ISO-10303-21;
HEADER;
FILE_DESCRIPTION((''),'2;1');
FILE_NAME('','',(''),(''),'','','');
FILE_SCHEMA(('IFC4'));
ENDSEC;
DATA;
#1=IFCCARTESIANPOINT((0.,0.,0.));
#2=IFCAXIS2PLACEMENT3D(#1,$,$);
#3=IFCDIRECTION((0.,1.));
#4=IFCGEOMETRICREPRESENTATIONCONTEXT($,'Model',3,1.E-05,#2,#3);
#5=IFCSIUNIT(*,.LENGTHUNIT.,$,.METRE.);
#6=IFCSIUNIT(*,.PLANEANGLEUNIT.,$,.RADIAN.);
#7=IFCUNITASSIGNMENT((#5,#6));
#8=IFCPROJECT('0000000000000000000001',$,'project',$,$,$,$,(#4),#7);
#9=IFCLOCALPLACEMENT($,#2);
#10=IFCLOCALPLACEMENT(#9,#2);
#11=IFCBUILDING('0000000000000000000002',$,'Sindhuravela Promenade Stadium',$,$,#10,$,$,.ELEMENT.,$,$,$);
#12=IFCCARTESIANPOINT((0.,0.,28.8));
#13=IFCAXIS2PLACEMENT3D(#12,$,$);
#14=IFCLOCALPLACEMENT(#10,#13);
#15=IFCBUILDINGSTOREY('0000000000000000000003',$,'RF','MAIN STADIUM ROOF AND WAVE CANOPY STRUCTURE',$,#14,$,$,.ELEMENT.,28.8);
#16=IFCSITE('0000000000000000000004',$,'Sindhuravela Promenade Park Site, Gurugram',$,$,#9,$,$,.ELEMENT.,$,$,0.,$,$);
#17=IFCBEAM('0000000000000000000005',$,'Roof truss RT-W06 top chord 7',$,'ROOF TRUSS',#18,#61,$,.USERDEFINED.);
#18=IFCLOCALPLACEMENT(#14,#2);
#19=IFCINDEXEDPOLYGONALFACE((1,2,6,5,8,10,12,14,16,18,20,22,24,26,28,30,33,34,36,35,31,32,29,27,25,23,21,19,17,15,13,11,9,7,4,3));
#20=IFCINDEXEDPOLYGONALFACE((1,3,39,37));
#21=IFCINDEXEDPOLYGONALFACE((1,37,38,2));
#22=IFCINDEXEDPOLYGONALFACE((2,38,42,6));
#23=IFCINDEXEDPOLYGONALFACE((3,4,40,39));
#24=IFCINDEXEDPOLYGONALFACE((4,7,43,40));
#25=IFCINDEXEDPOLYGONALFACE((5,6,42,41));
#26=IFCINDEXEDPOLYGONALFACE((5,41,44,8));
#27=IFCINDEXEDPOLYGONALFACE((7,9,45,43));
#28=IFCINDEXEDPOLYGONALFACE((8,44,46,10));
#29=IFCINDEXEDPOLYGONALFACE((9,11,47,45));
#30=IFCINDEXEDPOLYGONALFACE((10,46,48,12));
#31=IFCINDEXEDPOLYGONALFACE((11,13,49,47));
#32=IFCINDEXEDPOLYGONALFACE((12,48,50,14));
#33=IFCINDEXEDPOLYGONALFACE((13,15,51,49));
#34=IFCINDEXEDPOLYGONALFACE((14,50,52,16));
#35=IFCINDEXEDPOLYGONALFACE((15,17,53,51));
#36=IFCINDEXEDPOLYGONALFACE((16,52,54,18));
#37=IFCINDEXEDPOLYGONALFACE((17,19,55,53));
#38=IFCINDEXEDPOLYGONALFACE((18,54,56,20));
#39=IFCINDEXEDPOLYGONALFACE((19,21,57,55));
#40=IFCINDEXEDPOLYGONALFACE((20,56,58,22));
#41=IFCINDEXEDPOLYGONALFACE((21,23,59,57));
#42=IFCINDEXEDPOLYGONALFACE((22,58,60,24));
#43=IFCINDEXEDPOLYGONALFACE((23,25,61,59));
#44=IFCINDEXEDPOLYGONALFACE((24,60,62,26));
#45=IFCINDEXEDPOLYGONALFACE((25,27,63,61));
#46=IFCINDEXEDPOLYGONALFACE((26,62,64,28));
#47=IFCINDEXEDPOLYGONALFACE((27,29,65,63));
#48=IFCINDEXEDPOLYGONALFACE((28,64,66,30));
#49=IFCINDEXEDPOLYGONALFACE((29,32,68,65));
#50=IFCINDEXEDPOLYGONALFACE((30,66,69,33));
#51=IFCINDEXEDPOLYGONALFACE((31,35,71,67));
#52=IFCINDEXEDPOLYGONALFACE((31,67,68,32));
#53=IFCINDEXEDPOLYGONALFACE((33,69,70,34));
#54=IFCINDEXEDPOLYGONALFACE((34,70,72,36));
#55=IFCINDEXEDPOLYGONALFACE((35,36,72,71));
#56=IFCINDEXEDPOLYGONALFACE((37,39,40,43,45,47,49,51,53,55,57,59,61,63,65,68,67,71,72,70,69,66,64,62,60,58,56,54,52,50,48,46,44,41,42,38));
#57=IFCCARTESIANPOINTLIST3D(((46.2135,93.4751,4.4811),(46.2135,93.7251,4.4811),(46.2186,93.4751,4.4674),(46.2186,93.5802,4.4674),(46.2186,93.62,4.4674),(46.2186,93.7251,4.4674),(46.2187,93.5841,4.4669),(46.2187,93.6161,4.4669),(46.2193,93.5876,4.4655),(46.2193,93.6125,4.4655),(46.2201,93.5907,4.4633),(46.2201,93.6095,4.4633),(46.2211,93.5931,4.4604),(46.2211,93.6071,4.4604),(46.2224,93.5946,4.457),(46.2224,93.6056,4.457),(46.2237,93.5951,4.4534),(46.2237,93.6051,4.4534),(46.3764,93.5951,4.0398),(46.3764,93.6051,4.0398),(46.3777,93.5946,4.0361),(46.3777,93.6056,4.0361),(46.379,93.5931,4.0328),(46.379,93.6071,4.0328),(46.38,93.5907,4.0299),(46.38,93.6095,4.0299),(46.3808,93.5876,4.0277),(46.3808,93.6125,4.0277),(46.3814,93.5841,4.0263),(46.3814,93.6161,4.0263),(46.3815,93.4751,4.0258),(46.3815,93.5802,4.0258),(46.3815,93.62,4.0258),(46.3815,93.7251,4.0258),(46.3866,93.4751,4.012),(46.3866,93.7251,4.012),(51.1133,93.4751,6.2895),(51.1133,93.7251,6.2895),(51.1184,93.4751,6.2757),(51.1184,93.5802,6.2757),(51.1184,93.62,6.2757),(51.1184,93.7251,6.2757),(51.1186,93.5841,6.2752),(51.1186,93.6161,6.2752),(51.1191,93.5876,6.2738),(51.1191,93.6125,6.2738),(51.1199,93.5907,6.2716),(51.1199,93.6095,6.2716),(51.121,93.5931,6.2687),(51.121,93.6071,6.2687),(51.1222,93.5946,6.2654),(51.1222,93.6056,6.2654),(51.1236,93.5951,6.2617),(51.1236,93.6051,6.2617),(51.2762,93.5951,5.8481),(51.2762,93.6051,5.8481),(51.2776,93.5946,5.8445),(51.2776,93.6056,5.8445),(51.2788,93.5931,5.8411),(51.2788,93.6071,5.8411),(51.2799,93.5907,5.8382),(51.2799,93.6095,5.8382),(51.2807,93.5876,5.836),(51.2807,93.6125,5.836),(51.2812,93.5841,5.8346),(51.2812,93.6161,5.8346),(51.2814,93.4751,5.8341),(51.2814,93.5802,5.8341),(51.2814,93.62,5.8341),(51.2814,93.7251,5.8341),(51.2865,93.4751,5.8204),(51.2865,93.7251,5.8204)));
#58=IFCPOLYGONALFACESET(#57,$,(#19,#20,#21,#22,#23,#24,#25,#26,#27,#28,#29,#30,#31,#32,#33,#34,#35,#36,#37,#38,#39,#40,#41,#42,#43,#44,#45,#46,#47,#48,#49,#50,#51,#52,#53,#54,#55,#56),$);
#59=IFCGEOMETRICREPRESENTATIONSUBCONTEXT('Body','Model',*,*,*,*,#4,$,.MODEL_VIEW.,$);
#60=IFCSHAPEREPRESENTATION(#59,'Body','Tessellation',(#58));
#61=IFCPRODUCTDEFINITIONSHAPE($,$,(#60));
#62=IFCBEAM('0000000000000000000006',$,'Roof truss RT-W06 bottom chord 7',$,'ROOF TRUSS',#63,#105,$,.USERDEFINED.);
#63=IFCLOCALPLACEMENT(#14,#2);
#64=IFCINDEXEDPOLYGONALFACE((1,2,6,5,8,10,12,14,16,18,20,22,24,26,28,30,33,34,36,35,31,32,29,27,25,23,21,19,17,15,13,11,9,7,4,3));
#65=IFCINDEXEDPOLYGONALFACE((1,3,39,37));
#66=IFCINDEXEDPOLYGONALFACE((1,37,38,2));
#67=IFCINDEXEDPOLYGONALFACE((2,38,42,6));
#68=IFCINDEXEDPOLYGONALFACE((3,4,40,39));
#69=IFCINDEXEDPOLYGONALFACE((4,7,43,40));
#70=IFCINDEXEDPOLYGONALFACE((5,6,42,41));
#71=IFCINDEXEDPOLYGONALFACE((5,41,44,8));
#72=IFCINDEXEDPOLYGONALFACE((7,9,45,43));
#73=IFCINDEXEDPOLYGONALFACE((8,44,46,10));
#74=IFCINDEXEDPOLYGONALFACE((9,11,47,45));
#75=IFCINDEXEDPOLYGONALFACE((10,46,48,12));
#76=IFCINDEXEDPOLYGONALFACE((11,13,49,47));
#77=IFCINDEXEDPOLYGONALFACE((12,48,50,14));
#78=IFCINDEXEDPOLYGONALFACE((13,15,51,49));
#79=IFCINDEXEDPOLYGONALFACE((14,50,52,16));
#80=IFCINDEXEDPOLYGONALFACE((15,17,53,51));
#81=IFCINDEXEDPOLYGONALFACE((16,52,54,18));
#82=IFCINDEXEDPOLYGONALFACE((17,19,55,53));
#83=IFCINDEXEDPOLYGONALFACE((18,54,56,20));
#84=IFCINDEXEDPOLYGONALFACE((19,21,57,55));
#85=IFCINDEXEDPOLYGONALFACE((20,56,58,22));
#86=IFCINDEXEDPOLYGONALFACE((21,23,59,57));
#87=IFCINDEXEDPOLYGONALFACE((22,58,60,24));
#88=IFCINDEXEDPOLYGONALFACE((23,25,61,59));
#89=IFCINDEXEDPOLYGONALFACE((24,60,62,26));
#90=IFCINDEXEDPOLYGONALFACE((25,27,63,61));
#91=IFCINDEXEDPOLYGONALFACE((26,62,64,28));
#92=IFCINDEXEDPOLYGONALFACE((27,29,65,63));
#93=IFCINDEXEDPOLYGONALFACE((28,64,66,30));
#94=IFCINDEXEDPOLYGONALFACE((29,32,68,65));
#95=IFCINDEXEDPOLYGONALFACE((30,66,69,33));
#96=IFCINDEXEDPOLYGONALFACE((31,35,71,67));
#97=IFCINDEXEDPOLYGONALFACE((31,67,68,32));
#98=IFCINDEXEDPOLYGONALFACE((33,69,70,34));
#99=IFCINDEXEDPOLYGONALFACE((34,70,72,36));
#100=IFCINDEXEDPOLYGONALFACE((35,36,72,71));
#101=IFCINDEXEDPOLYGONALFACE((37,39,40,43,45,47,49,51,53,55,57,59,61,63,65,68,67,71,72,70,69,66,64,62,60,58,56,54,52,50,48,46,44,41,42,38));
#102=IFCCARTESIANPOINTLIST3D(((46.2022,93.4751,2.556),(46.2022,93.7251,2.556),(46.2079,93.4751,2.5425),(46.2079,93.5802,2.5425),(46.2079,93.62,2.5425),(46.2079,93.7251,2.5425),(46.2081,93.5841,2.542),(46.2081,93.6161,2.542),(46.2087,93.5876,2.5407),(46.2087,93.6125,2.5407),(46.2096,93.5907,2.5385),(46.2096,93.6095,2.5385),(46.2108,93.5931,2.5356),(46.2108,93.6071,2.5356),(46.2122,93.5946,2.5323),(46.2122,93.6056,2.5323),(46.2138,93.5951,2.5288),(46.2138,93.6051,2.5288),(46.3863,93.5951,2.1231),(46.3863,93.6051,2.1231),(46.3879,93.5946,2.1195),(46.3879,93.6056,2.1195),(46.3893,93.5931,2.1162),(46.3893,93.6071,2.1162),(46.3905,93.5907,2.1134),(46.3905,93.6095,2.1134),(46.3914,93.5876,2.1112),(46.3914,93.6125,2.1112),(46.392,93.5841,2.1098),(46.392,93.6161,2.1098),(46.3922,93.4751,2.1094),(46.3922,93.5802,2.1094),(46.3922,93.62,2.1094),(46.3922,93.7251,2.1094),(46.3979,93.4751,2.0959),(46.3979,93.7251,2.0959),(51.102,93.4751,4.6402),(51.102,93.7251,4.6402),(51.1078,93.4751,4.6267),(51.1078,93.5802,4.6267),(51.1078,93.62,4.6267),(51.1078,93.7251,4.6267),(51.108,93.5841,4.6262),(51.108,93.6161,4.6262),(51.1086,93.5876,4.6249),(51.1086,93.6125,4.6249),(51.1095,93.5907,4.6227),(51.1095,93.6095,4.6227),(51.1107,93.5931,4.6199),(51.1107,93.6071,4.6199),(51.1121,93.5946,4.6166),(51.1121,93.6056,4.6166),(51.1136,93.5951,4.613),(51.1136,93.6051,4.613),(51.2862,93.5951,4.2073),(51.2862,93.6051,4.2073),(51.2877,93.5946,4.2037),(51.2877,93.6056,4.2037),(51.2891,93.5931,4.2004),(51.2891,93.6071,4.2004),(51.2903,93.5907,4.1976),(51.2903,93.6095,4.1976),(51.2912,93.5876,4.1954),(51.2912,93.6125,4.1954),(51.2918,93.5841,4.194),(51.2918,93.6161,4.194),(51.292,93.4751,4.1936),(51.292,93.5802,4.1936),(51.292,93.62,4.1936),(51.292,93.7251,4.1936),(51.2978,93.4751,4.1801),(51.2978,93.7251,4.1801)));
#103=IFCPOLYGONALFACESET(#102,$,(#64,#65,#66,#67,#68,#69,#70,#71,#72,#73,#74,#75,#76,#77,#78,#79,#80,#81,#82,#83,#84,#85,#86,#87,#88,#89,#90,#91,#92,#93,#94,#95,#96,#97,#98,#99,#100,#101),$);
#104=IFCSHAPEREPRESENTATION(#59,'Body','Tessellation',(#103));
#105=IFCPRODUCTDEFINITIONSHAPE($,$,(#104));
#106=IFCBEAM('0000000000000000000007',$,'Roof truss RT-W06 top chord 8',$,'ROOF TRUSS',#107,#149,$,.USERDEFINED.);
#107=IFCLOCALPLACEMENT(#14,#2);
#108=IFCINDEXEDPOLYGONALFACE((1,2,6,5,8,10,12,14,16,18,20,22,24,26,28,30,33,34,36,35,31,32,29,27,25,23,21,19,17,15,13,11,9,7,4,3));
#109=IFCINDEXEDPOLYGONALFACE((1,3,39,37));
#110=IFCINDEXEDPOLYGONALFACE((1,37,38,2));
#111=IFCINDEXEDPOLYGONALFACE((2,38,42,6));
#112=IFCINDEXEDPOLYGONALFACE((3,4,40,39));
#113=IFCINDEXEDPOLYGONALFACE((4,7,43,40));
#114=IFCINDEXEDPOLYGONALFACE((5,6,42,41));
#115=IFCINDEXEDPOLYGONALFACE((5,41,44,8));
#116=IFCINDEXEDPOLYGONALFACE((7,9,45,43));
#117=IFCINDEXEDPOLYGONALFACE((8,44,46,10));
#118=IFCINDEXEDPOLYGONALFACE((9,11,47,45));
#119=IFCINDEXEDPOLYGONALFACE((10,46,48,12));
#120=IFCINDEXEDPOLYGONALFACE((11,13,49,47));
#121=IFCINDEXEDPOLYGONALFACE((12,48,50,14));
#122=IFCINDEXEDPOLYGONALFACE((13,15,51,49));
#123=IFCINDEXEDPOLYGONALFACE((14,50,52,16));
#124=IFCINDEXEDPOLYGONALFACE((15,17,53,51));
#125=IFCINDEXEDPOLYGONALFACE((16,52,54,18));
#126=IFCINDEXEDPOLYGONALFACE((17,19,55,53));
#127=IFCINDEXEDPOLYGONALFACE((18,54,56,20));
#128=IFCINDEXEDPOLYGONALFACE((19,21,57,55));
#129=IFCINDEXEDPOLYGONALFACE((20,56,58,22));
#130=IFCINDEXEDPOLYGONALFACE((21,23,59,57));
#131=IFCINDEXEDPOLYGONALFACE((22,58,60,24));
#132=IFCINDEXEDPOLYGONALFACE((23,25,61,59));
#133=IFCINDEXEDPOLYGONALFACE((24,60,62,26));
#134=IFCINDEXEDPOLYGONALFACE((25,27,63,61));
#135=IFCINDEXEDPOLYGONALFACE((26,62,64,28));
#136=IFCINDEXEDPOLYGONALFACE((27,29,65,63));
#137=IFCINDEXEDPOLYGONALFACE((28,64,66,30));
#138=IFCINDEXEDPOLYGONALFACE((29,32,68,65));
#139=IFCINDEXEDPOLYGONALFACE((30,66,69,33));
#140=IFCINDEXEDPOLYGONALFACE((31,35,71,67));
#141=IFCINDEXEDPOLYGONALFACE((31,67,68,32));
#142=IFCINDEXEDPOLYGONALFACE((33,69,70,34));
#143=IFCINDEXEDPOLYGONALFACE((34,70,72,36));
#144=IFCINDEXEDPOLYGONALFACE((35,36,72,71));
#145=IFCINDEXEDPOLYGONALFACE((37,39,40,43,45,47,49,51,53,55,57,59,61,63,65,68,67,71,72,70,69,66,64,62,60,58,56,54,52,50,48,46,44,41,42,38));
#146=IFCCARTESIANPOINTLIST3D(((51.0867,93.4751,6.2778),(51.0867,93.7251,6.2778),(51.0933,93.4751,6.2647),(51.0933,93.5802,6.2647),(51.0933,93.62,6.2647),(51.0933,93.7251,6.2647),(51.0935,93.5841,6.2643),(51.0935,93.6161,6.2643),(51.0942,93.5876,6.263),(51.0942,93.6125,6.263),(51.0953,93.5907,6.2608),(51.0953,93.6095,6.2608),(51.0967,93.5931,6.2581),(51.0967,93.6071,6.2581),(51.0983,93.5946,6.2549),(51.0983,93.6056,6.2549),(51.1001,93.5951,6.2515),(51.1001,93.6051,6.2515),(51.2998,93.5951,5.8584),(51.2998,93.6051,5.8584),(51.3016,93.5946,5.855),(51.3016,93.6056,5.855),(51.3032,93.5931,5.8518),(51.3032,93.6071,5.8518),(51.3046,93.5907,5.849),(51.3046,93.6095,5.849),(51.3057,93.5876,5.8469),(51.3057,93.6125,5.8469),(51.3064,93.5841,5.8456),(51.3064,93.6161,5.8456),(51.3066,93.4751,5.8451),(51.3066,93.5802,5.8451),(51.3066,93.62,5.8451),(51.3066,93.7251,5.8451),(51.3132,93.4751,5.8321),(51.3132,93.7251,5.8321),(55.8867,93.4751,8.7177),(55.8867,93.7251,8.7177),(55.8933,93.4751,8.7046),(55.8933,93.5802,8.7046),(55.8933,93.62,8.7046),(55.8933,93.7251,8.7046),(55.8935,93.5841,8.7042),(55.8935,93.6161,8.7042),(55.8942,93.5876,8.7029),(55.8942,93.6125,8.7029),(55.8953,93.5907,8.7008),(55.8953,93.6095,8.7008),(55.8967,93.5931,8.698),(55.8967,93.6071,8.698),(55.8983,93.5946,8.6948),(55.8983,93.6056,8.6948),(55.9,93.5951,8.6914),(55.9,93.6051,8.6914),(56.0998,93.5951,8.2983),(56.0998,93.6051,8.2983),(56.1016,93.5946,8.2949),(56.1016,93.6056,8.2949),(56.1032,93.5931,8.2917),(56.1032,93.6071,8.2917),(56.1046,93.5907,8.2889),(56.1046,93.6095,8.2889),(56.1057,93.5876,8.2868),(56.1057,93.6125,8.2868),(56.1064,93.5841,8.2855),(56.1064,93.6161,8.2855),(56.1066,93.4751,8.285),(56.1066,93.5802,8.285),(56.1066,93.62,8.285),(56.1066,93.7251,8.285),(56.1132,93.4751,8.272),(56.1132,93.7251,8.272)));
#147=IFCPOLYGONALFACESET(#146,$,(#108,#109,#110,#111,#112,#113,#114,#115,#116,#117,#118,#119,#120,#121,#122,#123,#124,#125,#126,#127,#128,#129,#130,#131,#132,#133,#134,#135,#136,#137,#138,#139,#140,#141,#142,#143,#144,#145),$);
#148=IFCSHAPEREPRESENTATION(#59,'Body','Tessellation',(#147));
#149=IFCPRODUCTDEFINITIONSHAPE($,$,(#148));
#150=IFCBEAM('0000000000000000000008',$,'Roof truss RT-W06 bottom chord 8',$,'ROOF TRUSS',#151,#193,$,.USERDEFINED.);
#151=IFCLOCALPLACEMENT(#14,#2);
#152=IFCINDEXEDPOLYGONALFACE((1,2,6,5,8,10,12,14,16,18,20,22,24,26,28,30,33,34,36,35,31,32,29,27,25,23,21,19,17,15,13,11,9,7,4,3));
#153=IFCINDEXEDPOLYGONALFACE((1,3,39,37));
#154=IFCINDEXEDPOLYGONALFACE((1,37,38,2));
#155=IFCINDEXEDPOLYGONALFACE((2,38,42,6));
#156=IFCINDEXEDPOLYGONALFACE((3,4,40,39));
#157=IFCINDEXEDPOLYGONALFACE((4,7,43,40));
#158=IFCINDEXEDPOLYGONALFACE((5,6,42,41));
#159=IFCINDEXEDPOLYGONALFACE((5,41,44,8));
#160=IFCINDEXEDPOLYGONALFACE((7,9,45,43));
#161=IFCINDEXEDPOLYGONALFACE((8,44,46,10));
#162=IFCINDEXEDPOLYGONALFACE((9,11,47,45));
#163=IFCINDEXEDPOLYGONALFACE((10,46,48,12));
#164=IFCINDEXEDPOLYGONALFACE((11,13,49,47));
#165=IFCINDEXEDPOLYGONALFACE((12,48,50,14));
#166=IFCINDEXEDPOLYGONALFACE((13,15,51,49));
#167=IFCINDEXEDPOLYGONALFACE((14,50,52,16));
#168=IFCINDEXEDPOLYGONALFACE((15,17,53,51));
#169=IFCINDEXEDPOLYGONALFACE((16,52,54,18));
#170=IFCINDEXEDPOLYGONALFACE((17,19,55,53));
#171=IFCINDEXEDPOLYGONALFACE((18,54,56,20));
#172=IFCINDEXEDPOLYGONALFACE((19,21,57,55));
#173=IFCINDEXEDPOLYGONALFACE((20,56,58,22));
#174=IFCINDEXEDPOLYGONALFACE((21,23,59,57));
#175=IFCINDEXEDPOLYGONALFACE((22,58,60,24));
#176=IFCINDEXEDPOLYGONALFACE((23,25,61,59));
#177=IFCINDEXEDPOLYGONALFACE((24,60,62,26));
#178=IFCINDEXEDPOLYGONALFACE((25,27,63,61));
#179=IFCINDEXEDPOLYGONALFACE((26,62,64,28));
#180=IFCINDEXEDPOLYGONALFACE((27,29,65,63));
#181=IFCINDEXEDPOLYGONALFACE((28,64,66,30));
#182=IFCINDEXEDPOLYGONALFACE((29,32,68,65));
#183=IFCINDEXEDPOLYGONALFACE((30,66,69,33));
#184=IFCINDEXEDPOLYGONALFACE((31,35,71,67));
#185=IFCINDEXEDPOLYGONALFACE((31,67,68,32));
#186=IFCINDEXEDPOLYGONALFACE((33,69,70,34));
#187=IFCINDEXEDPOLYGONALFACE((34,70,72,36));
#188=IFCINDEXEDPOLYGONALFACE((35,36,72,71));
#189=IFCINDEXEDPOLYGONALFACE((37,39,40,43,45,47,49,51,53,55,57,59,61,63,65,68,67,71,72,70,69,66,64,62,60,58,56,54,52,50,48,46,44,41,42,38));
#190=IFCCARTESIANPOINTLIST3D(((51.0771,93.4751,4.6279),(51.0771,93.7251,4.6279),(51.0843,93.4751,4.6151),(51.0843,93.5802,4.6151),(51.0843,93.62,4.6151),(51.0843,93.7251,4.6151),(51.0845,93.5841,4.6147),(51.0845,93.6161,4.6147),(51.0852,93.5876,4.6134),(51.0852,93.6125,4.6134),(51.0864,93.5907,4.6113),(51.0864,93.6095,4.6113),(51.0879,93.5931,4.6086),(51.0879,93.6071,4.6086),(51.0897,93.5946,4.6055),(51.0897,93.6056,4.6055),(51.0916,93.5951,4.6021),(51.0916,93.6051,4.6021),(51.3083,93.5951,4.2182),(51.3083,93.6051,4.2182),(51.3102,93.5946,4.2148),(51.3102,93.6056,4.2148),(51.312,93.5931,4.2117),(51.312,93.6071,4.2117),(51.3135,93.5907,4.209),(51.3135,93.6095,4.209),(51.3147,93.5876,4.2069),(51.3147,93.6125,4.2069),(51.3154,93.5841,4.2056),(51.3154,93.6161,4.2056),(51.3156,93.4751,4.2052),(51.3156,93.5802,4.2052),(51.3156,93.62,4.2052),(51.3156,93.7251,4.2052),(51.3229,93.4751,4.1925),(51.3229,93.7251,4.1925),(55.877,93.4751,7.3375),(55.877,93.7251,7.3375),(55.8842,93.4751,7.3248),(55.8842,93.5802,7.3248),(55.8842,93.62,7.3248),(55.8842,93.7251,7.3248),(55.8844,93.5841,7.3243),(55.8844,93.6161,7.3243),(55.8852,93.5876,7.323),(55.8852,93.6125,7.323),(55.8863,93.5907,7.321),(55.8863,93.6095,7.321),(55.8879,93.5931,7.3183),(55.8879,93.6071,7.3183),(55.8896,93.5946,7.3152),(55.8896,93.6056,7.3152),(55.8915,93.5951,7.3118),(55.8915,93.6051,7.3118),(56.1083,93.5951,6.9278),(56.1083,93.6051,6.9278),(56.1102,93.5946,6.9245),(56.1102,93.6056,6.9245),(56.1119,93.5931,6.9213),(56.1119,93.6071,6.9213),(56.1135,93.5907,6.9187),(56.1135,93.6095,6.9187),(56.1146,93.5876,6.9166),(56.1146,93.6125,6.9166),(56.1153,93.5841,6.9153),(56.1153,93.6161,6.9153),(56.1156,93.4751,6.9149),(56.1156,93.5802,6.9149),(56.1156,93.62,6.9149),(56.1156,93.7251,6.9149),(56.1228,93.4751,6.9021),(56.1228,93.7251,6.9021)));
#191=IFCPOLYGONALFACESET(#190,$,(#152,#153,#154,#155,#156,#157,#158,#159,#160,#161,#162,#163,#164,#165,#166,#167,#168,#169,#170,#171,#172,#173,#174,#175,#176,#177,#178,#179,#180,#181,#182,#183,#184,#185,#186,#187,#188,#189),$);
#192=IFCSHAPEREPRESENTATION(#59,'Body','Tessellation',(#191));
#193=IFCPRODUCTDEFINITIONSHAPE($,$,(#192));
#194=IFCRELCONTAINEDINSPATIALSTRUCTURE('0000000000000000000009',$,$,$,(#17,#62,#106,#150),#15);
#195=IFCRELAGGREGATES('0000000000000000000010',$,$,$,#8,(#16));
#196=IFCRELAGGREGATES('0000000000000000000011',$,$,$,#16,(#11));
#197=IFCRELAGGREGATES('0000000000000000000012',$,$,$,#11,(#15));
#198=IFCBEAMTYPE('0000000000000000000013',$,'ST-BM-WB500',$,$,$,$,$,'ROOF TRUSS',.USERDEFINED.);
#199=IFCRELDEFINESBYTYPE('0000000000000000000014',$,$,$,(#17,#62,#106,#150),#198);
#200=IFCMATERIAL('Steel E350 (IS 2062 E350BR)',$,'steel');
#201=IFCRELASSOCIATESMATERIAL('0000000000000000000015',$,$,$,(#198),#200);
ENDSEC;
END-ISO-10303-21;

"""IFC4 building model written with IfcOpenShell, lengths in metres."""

from ifc_helpers import new_model, si_unit, direction, frame, origin, origin_2d, place, context, subcontext, project, spatial, i_section, extrude, material, material_profile, profile_set, type_object, element, save


model = new_model("IFC4")

# Units and contexts
model_context = context("Model", 3, precision=1e-05, world=origin(), true_north=direction((0.0, 1.0)))
body_context = subcontext(model_context, "Body", "Model", "MODEL_VIEW")
ifc_project = project(units=[si_unit("LENGTHUNIT", "METRE"), si_unit("PLANEANGLEUNIT", "RADIAN")], contexts=[model_context])

# Site, building, storey
site_placement = place(None, origin())
site = spatial("IfcSite", under=ifc_project, at=site_placement, Name="Sindhuravela Promenade Park Site, Gurugram", CompositionType="ELEMENT", RefElevation=0.0)
building_placement = place(site_placement, origin())
building = spatial("IfcBuilding", under=site, at=building_placement, Name="Sindhuravela Promenade Stadium", CompositionType="ELEMENT")
storey_placement = place(building_placement, frame((0.0, 0.0, 28.8)))
storey = spatial("IfcBuildingStorey", under=building, at=storey_placement, Name="RF", Description="MAIN STADIUM ROOF AND WAVE CANOPY STRUCTURE", CompositionType="ELEMENT", Elevation=28.8)

# Beams
ifc_material_1 = material(Name="Steel E350 (IS 2062 E350BR)", Category="steel")
ifc_material_profile_1 = material_profile(ifc_material_1, i_section(OverallWidth=0.25, OverallDepth=0.5, WebThickness=0.01, FlangeThickness=0.0146, FilletRadius=0.0149, at=origin_2d()), Name="ISWB 500")
ifc_profile_set_1 = profile_set([ifc_material_profile_1], Name="Steel E350 (IS 2062 E350BR)")
beam_type = type_object("IfcBeamType", Name="ST-BM-WB500", ElementType="ROOF TRUSS", PredefinedType="USERDEFINED", material=ifc_profile_set_1)
beam_1_placement = place(storey_placement, frame((46.3, 93.6001, 4.2466), z_axis=(0.938149, 0.0, 0.346232), x_axis=(0.0, 1.0, 0.0)))
element("IfcBeam", 1, at=beam_1_placement, inside=storey, type_object=beam_type, Name="Roof truss RT-W06 top chord 7", ObjectType="ROOF TRUSS", PredefinedType="USERDEFINED", context=body_context, shape_type="SweptSolid", body=[
    extrude(i_section(OverallWidth=0.25, OverallDepth=0.5, WebThickness=0.01, FlangeThickness=0.0146, FilletRadius=0.0149, at=origin_2d()), origin(), (0.0, 0.0, 1.0), 5.2229),
])
beam_2_placement = place(storey_placement, frame((46.3, 93.6001, 2.3259), z_axis=(0.920211, 0.0, 0.391422), x_axis=(0.0, 1.0, 0.0)))
element("IfcBeam", 2, at=beam_2_placement, inside=storey, type_object=beam_type, Name="Roof truss RT-W06 bottom chord 7", ObjectType="ROOF TRUSS", PredefinedType="USERDEFINED", context=body_context, shape_type="SweptSolid", body=[
    extrude(i_section(OverallWidth=0.25, OverallDepth=0.5, WebThickness=0.01, FlangeThickness=0.0146, FilletRadius=0.0149, at=origin_2d()), origin(), (0.0, 0.0, 1.0), 5.3247),
])
beam_3_placement = place(storey_placement, frame((51.2, 93.6001, 6.0549), z_axis=(0.891442, 0.0, 0.453134), x_axis=(0.0, 1.0, 0.0)))
element("IfcBeam", 3, at=beam_3_placement, inside=storey, type_object=beam_type, Name="Roof truss RT-W06 top chord 8", ObjectType="ROOF TRUSS", PredefinedType="USERDEFINED", context=body_context, shape_type="SweptSolid", body=[
    extrude(i_section(OverallWidth=0.25, OverallDepth=0.5, WebThickness=0.01, FlangeThickness=0.0146, FilletRadius=0.0149, at=origin_2d()), origin(), (0.0, 0.0, 1.0), 5.3845),
])
beam_4_placement = place(storey_placement, frame((51.2, 93.6001, 4.4102), z_axis=(0.870823, 0.0, 0.491596), x_axis=(0.0, 1.0, 0.0)))
element("IfcBeam", 4, at=beam_4_placement, inside=storey, type_object=beam_type, Name="Roof truss RT-W06 bottom chord 8", ObjectType="ROOF TRUSS", PredefinedType="USERDEFINED", context=body_context, shape_type="SweptSolid", body=[
    extrude(i_section(OverallWidth=0.25, OverallDepth=0.5, WebThickness=0.01, FlangeThickness=0.0146, FilletRadius=0.0149, at=origin_2d()), origin(), (0.0, 0.0, 1.0), 5.512),
])

save(model, "model.ifc")
